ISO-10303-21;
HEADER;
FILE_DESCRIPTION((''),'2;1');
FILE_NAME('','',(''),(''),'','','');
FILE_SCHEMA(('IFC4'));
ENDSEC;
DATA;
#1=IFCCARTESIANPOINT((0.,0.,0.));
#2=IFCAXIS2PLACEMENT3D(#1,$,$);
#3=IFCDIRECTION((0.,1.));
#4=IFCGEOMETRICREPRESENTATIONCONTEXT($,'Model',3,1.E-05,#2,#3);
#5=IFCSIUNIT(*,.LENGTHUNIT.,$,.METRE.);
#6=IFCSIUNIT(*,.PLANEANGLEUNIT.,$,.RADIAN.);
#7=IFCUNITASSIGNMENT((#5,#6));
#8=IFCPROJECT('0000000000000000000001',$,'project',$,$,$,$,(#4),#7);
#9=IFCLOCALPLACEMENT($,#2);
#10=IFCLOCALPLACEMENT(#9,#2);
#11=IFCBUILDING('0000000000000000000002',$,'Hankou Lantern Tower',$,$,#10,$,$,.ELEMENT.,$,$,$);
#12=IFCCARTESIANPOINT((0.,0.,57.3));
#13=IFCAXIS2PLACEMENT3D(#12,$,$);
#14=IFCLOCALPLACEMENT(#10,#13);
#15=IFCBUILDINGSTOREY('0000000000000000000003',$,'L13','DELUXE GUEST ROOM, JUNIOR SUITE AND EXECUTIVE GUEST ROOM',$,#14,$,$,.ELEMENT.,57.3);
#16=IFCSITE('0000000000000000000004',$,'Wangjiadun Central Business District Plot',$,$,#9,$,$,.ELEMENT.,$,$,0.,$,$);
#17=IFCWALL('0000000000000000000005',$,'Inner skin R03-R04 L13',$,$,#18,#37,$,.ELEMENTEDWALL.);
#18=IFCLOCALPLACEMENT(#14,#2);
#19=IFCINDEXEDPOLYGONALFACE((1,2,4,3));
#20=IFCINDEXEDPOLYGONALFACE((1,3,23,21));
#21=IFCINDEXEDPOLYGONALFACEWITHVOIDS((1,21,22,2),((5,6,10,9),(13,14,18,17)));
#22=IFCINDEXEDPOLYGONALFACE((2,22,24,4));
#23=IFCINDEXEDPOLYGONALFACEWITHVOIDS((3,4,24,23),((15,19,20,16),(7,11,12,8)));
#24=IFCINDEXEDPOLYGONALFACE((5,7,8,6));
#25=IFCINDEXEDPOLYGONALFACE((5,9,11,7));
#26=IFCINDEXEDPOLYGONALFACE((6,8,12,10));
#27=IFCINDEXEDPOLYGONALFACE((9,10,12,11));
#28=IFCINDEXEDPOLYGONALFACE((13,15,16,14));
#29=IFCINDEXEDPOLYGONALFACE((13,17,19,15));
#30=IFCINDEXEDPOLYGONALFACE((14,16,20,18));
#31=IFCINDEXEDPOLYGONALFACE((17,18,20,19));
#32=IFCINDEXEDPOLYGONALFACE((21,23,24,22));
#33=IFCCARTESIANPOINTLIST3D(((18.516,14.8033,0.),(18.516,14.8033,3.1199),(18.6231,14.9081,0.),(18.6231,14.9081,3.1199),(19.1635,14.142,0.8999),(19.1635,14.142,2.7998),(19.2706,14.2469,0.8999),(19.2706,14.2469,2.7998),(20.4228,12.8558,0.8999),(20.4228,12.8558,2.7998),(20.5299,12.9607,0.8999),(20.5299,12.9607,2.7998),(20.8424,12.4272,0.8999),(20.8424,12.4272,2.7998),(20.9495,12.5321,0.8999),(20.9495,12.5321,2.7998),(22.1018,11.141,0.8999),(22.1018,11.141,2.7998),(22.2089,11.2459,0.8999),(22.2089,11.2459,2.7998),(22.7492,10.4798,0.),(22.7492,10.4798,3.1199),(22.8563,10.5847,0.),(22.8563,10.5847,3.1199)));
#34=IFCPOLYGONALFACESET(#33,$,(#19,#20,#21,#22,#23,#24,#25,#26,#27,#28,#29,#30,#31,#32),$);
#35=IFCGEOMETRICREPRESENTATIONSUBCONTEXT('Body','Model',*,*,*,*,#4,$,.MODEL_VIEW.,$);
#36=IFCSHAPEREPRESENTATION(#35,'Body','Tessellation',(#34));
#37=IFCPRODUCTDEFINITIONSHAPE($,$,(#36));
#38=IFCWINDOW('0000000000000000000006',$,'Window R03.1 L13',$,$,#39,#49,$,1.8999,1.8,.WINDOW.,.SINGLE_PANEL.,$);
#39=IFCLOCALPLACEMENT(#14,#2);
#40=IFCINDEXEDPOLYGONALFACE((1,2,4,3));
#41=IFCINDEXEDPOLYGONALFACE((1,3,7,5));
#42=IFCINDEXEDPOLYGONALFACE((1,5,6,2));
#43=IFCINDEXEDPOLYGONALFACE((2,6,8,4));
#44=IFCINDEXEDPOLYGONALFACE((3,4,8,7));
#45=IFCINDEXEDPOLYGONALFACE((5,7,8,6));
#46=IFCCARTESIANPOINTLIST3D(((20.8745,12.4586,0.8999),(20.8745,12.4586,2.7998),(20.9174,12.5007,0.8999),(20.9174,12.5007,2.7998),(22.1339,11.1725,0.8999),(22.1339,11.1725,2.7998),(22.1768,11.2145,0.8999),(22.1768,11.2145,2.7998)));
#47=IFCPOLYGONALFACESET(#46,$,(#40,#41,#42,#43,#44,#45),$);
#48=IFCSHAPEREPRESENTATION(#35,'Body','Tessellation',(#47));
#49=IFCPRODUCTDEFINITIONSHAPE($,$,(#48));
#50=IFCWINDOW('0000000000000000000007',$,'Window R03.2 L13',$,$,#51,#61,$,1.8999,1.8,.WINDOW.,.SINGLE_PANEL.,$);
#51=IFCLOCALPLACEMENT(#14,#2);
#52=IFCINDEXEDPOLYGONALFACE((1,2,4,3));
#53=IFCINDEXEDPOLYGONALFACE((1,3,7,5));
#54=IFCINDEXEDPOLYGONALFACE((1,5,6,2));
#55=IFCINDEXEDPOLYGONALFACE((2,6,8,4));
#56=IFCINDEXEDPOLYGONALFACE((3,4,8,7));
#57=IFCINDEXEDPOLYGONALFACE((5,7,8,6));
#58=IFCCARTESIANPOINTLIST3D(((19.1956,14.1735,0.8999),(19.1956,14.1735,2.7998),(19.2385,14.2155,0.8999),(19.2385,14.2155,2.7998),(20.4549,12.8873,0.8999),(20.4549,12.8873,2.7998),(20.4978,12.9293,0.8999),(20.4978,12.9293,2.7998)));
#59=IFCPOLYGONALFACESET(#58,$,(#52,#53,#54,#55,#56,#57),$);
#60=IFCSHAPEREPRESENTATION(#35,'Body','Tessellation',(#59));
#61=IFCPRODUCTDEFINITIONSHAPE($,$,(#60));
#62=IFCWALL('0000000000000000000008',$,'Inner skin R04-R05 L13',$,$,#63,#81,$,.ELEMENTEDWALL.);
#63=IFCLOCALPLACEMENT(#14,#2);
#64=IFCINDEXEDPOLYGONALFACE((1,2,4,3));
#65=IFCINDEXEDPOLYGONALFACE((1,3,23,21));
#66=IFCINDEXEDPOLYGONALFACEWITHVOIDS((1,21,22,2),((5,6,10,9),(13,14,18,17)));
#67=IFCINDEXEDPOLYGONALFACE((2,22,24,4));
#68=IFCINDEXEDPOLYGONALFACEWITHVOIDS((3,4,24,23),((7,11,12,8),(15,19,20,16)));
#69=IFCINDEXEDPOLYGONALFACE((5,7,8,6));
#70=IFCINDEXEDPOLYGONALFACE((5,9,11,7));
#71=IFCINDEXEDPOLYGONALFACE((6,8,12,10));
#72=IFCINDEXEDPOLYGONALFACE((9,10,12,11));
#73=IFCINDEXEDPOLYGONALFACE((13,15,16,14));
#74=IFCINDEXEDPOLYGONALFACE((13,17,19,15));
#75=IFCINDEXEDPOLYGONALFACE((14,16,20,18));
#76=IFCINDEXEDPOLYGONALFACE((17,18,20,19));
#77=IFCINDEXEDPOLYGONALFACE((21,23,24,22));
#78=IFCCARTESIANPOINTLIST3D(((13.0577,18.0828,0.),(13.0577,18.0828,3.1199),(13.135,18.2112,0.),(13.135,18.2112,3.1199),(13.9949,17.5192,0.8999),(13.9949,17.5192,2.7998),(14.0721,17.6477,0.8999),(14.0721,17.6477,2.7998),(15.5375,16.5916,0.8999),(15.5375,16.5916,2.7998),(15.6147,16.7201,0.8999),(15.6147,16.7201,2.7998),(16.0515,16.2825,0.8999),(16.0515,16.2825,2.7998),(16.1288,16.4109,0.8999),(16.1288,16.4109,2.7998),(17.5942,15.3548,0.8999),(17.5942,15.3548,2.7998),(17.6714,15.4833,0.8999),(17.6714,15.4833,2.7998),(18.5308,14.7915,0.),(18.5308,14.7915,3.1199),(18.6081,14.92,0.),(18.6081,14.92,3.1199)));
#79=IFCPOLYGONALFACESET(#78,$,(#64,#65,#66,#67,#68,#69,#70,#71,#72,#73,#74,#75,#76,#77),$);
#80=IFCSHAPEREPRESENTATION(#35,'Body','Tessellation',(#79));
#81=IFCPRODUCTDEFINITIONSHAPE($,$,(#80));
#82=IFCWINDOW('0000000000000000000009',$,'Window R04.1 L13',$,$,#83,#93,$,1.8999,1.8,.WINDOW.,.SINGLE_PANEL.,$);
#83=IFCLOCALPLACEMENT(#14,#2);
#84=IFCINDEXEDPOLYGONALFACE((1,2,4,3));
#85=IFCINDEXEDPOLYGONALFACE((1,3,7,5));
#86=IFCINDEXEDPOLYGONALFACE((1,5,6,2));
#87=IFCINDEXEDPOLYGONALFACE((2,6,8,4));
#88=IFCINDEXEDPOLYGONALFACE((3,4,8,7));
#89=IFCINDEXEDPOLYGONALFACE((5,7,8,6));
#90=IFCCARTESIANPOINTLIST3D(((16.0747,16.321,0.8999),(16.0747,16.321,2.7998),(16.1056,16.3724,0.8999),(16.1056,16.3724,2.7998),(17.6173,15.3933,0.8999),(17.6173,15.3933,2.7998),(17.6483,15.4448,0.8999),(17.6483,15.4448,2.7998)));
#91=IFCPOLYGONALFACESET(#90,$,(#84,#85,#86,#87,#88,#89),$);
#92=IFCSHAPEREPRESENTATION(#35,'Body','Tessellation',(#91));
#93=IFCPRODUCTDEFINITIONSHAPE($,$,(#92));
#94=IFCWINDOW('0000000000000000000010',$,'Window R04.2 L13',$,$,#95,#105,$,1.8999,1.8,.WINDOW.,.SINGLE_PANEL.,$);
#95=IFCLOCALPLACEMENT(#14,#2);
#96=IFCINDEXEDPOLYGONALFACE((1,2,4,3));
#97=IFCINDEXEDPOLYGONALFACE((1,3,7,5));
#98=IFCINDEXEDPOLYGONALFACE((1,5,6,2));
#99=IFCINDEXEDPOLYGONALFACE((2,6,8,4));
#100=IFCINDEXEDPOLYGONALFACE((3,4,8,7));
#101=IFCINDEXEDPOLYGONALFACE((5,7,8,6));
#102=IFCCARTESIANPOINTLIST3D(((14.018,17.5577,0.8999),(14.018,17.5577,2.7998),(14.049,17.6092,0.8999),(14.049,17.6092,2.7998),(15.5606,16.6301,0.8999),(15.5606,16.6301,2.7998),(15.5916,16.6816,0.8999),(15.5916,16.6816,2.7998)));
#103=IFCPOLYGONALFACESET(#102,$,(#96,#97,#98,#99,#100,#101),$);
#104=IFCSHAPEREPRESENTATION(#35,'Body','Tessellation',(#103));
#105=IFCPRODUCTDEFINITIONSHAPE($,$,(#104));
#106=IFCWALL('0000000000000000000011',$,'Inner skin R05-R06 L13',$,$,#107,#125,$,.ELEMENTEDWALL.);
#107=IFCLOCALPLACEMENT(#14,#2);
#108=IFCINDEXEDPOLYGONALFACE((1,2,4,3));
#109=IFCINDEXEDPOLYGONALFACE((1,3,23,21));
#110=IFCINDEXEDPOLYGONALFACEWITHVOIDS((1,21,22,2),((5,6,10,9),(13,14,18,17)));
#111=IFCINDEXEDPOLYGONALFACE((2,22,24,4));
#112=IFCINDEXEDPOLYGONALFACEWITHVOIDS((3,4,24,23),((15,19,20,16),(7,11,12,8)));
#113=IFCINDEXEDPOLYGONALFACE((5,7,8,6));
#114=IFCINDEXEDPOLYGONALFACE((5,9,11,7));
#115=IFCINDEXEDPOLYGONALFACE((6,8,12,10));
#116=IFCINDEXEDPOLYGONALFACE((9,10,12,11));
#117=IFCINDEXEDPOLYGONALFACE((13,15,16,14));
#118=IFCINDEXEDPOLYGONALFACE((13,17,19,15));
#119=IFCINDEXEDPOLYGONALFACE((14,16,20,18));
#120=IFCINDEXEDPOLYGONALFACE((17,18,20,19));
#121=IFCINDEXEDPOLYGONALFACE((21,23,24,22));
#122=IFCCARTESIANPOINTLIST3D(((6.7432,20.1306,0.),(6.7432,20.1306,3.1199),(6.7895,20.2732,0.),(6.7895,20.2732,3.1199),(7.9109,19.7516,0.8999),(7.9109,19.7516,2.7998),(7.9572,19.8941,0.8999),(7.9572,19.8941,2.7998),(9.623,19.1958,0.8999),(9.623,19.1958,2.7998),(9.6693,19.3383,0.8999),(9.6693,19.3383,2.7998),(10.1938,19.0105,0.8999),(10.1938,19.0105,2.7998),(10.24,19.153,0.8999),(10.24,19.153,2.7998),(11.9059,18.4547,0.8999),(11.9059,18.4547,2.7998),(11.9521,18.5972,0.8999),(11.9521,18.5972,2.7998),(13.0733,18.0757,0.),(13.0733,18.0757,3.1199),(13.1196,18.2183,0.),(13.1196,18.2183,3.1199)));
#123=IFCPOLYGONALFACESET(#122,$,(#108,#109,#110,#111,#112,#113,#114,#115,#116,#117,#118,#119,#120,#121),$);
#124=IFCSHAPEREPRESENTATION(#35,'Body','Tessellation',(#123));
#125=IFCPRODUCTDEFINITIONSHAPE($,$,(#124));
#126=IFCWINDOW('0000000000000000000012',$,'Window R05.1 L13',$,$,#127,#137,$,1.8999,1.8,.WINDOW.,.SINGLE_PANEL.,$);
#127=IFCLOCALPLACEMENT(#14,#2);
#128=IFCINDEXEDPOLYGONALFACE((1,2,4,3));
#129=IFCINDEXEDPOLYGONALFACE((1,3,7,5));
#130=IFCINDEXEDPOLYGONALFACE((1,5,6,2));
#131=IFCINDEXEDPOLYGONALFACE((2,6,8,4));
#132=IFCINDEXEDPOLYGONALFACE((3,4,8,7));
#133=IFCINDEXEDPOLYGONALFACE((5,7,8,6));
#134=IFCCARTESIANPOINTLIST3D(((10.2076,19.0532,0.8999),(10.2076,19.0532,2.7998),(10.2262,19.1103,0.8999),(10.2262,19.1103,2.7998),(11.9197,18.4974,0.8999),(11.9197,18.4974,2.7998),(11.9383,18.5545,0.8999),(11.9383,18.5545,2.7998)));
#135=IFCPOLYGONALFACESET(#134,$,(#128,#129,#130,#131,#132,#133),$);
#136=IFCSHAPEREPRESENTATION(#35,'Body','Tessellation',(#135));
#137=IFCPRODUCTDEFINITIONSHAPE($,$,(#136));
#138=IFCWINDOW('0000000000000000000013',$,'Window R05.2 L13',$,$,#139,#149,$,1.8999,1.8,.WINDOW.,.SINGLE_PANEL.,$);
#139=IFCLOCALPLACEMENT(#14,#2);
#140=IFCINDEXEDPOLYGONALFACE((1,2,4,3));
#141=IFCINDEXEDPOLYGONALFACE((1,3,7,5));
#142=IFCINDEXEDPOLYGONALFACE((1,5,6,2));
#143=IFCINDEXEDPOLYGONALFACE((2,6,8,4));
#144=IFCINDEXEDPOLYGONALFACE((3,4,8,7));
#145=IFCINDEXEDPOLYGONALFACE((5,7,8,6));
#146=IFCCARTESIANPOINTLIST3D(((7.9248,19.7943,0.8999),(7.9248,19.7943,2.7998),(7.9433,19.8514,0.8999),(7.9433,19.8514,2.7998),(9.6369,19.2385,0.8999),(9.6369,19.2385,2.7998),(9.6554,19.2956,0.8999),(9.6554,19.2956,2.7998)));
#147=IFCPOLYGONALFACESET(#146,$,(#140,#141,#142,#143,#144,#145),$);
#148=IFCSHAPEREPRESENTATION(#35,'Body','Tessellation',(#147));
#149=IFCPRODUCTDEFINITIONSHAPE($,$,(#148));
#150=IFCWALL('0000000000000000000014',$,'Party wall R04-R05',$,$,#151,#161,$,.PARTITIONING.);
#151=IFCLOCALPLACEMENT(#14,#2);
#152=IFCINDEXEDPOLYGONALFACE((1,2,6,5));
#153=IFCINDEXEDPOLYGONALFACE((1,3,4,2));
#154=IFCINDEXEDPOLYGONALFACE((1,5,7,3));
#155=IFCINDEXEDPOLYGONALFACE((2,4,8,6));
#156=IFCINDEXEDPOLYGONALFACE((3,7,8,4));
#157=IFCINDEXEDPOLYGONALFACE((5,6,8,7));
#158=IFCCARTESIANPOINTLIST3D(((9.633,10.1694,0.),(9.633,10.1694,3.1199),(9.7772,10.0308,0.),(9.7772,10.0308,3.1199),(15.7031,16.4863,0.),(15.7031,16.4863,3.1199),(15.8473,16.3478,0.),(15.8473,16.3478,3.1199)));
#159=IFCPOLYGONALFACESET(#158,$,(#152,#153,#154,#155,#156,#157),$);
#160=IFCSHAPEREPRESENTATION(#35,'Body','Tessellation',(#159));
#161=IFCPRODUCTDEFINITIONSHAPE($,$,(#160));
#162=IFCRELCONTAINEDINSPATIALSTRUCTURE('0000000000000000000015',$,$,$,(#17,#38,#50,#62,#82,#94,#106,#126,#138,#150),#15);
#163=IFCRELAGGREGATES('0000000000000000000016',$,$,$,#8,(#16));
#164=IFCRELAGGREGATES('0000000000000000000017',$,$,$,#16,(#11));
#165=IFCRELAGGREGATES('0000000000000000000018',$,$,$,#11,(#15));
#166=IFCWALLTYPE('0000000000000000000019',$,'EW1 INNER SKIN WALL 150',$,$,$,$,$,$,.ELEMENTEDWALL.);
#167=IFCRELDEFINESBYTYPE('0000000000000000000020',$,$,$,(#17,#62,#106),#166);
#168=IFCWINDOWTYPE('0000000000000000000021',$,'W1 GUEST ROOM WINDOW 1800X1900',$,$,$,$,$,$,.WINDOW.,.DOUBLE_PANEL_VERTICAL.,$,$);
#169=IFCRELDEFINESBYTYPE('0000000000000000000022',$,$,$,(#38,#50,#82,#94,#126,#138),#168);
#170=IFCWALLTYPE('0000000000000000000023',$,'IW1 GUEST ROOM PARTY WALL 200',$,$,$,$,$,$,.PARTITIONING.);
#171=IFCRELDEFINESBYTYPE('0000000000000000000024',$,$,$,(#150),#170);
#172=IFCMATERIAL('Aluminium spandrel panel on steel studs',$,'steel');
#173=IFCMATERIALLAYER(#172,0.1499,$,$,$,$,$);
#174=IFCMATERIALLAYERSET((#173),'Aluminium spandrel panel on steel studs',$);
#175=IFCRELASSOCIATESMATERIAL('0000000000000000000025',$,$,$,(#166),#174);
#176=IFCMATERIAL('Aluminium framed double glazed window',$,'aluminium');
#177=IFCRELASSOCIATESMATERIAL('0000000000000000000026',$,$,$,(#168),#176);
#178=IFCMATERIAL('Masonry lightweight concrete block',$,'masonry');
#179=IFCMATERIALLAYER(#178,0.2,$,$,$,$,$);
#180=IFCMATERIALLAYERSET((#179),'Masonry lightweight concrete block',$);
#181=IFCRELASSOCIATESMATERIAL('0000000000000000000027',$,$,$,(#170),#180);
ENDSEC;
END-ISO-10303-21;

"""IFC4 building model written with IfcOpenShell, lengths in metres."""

from ifc_helpers import new_model, si_unit, direction, frame, frame_2d, origin, place, context, subcontext, project, spatial, rectangle, extrude, material, layer, layer_set, type_object, element, fill, save


model = new_model("IFC4")

# Units and contexts
model_context = context("Model", 3, precision=1e-05, world=origin(), true_north=direction((0.0, 1.0)))
body_context = subcontext(model_context, "Body", "Model", "MODEL_VIEW")
ifc_project = project(units=[si_unit("LENGTHUNIT", "METRE"), si_unit("PLANEANGLEUNIT", "RADIAN")], contexts=[model_context])

# Site, building, storey
site_placement = place(None, origin())
site = spatial("IfcSite", under=ifc_project, at=site_placement, Name="Wangjiadun Central Business District Plot", CompositionType="ELEMENT", RefElevation=0.0)
building_placement = place(site_placement, origin())
building = spatial("IfcBuilding", under=site, at=building_placement, Name="Hankou Lantern Tower", CompositionType="ELEMENT")
storey_placement = place(building_placement, frame((0.0, 0.0, 57.3)))
storey = spatial("IfcBuildingStorey", under=building, at=storey_placement, Name="L13", Description="DELUXE GUEST ROOM, JUNIOR SUITE AND EXECUTIVE GUEST ROOM", CompositionType="ELEMENT", Elevation=57.3)

# Walls, openings, windows
ifc_material_1 = material(Name="Aluminium spandrel panel on steel studs", Category="steel")
ifc_layer_1 = layer(ifc_material_1, 0.1499)
ifc_layer_set_1 = layer_set([ifc_layer_1], Name="Aluminium spandrel panel on steel studs")
wall_type_1 = type_object("IfcWallType", Name="EW1 INNER SKIN WALL 150", PredefinedType="ELEMENTEDWALL", material=ifc_layer_set_1)
wall_1_placement = place(storey_placement, frame((22.8027, 10.5322, 0.0), z_axis=(0.0, 0.0, 1.0), x_axis=(-0.699603, 0.714532, 0.0)))
wall_1 = element("IfcWall", 1, at=wall_1_placement, inside=storey, type_object=wall_type_1, Name="Inner skin R03-R04 L13", PredefinedType="ELEMENTEDWALL", context=body_context, shape_type="SweptSolid", body=[
    extrude(rectangle(XDim=6.0508, YDim=0.1499, at=frame_2d((3.0254, 0.0))), origin(), (0.0, 0.0, 1.0), 3.1199),
])
opening_1_placement = place(wall_1_placement, frame((0.9255, 0.0, 0.8999)))
opening_1 = element("IfcOpeningElement", 2, at=opening_1_placement, cuts=wall_1, PredefinedType="OPENING", context=body_context, shape_type="SweptSolid", body=[
    extrude(rectangle(XDim=1.8, YDim=1.8999, at=frame_2d((0.8999, 0.95))), frame((0.0, 0.085, 0.0), z_axis=(0.0, -1.0, 0.0), x_axis=(1.0, 0.0, 0.0)), (0.0, 0.0, 1.0), 0.1699),
])
opening_2_placement = place(wall_1_placement, frame((3.3254, 0.0, 0.8999)))
opening_2 = element("IfcOpeningElement", 3, at=opening_2_placement, cuts=wall_1, PredefinedType="OPENING", context=body_context, shape_type="SweptSolid", body=[
    extrude(rectangle(XDim=1.8, YDim=1.8999, at=frame_2d((0.8999, 0.95))), frame((0.0, 0.085, 0.0), z_axis=(0.0, -1.0, 0.0), x_axis=(1.0, 0.0, 0.0)), (0.0, 0.0, 1.0), 0.1699),
])
ifc_material_2 = material(Name="Aluminium framed double glazed window", Category="aluminium")
window_type = type_object("IfcWindowType", Name="W1 GUEST ROOM WINDOW 1800X1900", PartitioningType="DOUBLE_PANEL_VERTICAL", PredefinedType="WINDOW", material=ifc_material_2)
window_1_placement = place(opening_1_placement, origin())
window_1 = element("IfcWindow", 4, at=window_1_placement, inside=storey, type_object=window_type, Name="Window R03.1 L13", OverallHeight=1.8999, OverallWidth=1.8, PartitioningType="SINGLE_PANEL", PredefinedType="WINDOW", context=body_context, shape_type="SweptSolid", body=[
    extrude(rectangle(XDim=1.8, YDim=1.8999, at=frame_2d((0.8999, 0.95))), frame((0.0, 0.03, 0.0), z_axis=(0.0, -1.0, 0.0), x_axis=(1.0, 0.0, 0.0)), (0.0, 0.0, 1.0), 0.0601),
])
fill(opening_1, window_1)
window_2_placement = place(opening_2_placement, origin())
window_2 = element("IfcWindow", 5, at=window_2_placement, inside=storey, type_object=window_type, Name="Window R03.2 L13", OverallHeight=1.8999, OverallWidth=1.8, PartitioningType="SINGLE_PANEL", PredefinedType="WINDOW", context=body_context, shape_type="SweptSolid", body=[
    extrude(rectangle(XDim=1.8, YDim=1.8999, at=frame_2d((0.8999, 0.95))), frame((0.0, 0.03, 0.0), z_axis=(0.0, -1.0, 0.0), x_axis=(1.0, 0.0, 0.0)), (0.0, 0.0, 1.0), 0.0601),
])
fill(opening_2, window_2)
wall_2_placement = place(storey_placement, frame((18.5696, 14.8557, 0.0), z_axis=(0.0, 0.0, 1.0), x_axis=(-0.856983, 0.515344, 0.0)))
wall_2 = element("IfcWall", 6, at=wall_2_placement, inside=storey, type_object=wall_type_1, Name="Inner skin R04-R05 L13", PredefinedType="ELEMENTEDWALL", context=body_context, shape_type="SweptSolid", body=[
    extrude(rectangle(XDim=6.3865, YDim=0.1499, at=frame_2d((3.1934, 0.0))), origin(), (0.0, 0.0, 1.0), 3.1199),
])
opening_3_placement = place(wall_2_placement, frame((1.0933, 0.0, 0.8999)))
opening_3 = element("IfcOpeningElement", 7, at=opening_3_placement, cuts=wall_2, PredefinedType="OPENING", context=body_context, shape_type="SweptSolid", body=[
    extrude(rectangle(XDim=1.8, YDim=1.8999, at=frame_2d((0.8999, 0.95))), frame((0.0, 0.085, 0.0), z_axis=(0.0, -1.0, 0.0), x_axis=(1.0, 0.0, 0.0)), (0.0, 0.0, 1.0), 0.1699),
])
opening_4_placement = place(wall_2_placement, frame((3.4932, 0.0, 0.8999)))
opening_4 = element("IfcOpeningElement", 8, at=opening_4_placement, cuts=wall_2, PredefinedType="OPENING", context=body_context, shape_type="SweptSolid", body=[
    extrude(rectangle(XDim=1.8, YDim=1.8999, at=frame_2d((0.8999, 0.95))), frame((0.0, 0.085, 0.0), z_axis=(0.0, -1.0, 0.0), x_axis=(1.0, 0.0, 0.0)), (0.0, 0.0, 1.0), 0.1699),
])
window_3_placement = place(opening_3_placement, origin())
window_3 = element("IfcWindow", 9, at=window_3_placement, inside=storey, type_object=window_type, Name="Window R04.1 L13", OverallHeight=1.8999, OverallWidth=1.8, PartitioningType="SINGLE_PANEL", PredefinedType="WINDOW", context=body_context, shape_type="SweptSolid", body=[
    extrude(rectangle(XDim=1.8, YDim=1.8999, at=frame_2d((0.8999, 0.95))), frame((0.0, 0.03, 0.0), z_axis=(0.0, -1.0, 0.0), x_axis=(1.0, 0.0, 0.0)), (0.0, 0.0, 1.0), 0.0601),
])
fill(opening_3, window_3)
window_4_placement = place(opening_4_placement, origin())
window_4 = element("IfcWindow", 10, at=window_4_placement, inside=storey, type_object=window_type, Name="Window R04.2 L13", OverallHeight=1.8999, OverallWidth=1.8, PartitioningType="SINGLE_PANEL", PredefinedType="WINDOW", context=body_context, shape_type="SweptSolid", body=[
    extrude(rectangle(XDim=1.8, YDim=1.8999, at=frame_2d((0.8999, 0.95))), frame((0.0, 0.03, 0.0), z_axis=(0.0, -1.0, 0.0), x_axis=(1.0, 0.0, 0.0)), (0.0, 0.0, 1.0), 0.0601),
])
fill(opening_4, window_4)
wall_3_placement = place(storey_placement, frame((13.0964, 18.147, 0.0), z_axis=(0.0, 0.0, 1.0), x_axis=(-0.951138, 0.308768, 0.0)))
wall_3 = element("IfcWall", 11, at=wall_3_placement, inside=storey, type_object=wall_type_1, Name="Inner skin R05-R06 L13", PredefinedType="ELEMENTEDWALL", context=body_context, shape_type="SweptSolid", body=[
    extrude(rectangle(XDim=6.6553, YDim=0.1499, at=frame_2d((3.3276, 0.0))), origin(), (0.0, 0.0, 1.0), 3.1199),
])
opening_5_placement = place(wall_3_placement, frame((1.2275, 0.0, 0.8999)))
opening_5 = element("IfcOpeningElement", 12, at=opening_5_placement, cuts=wall_3, PredefinedType="OPENING", context=body_context, shape_type="SweptSolid", body=[
    extrude(rectangle(XDim=1.8, YDim=1.8999, at=frame_2d((0.8999, 0.95))), frame((0.0, 0.085, 0.0), z_axis=(0.0, -1.0, 0.0), x_axis=(1.0, 0.0, 0.0)), (0.0, 0.0, 1.0), 0.1699),
])
opening_6_placement = place(wall_3_placement, frame((3.6277, 0.0, 0.8999)))
opening_6 = element("IfcOpeningElement", 13, at=opening_6_placement, cuts=wall_3, PredefinedType="OPENING", context=body_context, shape_type="SweptSolid", body=[
    extrude(rectangle(XDim=1.8, YDim=1.8999, at=frame_2d((0.8999, 0.95))), frame((0.0, 0.085, 0.0), z_axis=(0.0, -1.0, 0.0), x_axis=(1.0, 0.0, 0.0)), (0.0, 0.0, 1.0), 0.1699),
])
window_5_placement = place(opening_5_placement, origin())
window_5 = element("IfcWindow", 14, at=window_5_placement, inside=storey, type_object=window_type, Name="Window R05.1 L13", OverallHeight=1.8999, OverallWidth=1.8, PartitioningType="SINGLE_PANEL", PredefinedType="WINDOW", context=body_context, shape_type="SweptSolid", body=[
    extrude(rectangle(XDim=1.8, YDim=1.8999, at=frame_2d((0.8999, 0.95))), frame((0.0, 0.03, 0.0), z_axis=(0.0, -1.0, 0.0), x_axis=(1.0, 0.0, 0.0)), (0.0, 0.0, 1.0), 0.0601),
])
fill(opening_5, window_5)
window_6_placement = place(opening_6_placement, origin())
window_6 = element("IfcWindow", 15, at=window_6_placement, inside=storey, type_object=window_type, Name="Window R05.2 L13", OverallHeight=1.8999, OverallWidth=1.8, PartitioningType="SINGLE_PANEL", PredefinedType="WINDOW", context=body_context, shape_type="SweptSolid", body=[
    extrude(rectangle(XDim=1.8, YDim=1.8999, at=frame_2d((0.8999, 0.95))), frame((0.0, 0.03, 0.0), z_axis=(0.0, -1.0, 0.0), x_axis=(1.0, 0.0, 0.0)), (0.0, 0.0, 1.0), 0.0601),
])
fill(opening_6, window_6)

# Wall
ifc_material_3 = material(Name="Masonry lightweight concrete block", Category="masonry")
ifc_layer_2 = layer(ifc_material_3, 0.2)
ifc_layer_set_2 = layer_set([ifc_layer_2], Name="Masonry lightweight concrete block")
wall_type_2 = type_object("IfcWallType", Name="IW1 GUEST ROOM PARTY WALL 200", PredefinedType="PARTITIONING", material=ifc_layer_set_2)
wall_4_placement = place(storey_placement, frame((9.7051, 10.1001, 0.0), z_axis=(0.0, 0.0, 1.0), x_axis=(0.692879, 0.721054, 0.0)))
element("IfcWall", 16, at=wall_4_placement, inside=storey, type_object=wall_type_2, Name="Party wall R04-R05", PredefinedType="PARTITIONING", context=body_context, shape_type="SweptSolid", body=[
    extrude(rectangle(XDim=8.7607, YDim=0.2, at=frame_2d((4.3804, 0.0))), origin(), (0.0, 0.0, 1.0), 3.1199),
])

save(model, "model.ifc")
